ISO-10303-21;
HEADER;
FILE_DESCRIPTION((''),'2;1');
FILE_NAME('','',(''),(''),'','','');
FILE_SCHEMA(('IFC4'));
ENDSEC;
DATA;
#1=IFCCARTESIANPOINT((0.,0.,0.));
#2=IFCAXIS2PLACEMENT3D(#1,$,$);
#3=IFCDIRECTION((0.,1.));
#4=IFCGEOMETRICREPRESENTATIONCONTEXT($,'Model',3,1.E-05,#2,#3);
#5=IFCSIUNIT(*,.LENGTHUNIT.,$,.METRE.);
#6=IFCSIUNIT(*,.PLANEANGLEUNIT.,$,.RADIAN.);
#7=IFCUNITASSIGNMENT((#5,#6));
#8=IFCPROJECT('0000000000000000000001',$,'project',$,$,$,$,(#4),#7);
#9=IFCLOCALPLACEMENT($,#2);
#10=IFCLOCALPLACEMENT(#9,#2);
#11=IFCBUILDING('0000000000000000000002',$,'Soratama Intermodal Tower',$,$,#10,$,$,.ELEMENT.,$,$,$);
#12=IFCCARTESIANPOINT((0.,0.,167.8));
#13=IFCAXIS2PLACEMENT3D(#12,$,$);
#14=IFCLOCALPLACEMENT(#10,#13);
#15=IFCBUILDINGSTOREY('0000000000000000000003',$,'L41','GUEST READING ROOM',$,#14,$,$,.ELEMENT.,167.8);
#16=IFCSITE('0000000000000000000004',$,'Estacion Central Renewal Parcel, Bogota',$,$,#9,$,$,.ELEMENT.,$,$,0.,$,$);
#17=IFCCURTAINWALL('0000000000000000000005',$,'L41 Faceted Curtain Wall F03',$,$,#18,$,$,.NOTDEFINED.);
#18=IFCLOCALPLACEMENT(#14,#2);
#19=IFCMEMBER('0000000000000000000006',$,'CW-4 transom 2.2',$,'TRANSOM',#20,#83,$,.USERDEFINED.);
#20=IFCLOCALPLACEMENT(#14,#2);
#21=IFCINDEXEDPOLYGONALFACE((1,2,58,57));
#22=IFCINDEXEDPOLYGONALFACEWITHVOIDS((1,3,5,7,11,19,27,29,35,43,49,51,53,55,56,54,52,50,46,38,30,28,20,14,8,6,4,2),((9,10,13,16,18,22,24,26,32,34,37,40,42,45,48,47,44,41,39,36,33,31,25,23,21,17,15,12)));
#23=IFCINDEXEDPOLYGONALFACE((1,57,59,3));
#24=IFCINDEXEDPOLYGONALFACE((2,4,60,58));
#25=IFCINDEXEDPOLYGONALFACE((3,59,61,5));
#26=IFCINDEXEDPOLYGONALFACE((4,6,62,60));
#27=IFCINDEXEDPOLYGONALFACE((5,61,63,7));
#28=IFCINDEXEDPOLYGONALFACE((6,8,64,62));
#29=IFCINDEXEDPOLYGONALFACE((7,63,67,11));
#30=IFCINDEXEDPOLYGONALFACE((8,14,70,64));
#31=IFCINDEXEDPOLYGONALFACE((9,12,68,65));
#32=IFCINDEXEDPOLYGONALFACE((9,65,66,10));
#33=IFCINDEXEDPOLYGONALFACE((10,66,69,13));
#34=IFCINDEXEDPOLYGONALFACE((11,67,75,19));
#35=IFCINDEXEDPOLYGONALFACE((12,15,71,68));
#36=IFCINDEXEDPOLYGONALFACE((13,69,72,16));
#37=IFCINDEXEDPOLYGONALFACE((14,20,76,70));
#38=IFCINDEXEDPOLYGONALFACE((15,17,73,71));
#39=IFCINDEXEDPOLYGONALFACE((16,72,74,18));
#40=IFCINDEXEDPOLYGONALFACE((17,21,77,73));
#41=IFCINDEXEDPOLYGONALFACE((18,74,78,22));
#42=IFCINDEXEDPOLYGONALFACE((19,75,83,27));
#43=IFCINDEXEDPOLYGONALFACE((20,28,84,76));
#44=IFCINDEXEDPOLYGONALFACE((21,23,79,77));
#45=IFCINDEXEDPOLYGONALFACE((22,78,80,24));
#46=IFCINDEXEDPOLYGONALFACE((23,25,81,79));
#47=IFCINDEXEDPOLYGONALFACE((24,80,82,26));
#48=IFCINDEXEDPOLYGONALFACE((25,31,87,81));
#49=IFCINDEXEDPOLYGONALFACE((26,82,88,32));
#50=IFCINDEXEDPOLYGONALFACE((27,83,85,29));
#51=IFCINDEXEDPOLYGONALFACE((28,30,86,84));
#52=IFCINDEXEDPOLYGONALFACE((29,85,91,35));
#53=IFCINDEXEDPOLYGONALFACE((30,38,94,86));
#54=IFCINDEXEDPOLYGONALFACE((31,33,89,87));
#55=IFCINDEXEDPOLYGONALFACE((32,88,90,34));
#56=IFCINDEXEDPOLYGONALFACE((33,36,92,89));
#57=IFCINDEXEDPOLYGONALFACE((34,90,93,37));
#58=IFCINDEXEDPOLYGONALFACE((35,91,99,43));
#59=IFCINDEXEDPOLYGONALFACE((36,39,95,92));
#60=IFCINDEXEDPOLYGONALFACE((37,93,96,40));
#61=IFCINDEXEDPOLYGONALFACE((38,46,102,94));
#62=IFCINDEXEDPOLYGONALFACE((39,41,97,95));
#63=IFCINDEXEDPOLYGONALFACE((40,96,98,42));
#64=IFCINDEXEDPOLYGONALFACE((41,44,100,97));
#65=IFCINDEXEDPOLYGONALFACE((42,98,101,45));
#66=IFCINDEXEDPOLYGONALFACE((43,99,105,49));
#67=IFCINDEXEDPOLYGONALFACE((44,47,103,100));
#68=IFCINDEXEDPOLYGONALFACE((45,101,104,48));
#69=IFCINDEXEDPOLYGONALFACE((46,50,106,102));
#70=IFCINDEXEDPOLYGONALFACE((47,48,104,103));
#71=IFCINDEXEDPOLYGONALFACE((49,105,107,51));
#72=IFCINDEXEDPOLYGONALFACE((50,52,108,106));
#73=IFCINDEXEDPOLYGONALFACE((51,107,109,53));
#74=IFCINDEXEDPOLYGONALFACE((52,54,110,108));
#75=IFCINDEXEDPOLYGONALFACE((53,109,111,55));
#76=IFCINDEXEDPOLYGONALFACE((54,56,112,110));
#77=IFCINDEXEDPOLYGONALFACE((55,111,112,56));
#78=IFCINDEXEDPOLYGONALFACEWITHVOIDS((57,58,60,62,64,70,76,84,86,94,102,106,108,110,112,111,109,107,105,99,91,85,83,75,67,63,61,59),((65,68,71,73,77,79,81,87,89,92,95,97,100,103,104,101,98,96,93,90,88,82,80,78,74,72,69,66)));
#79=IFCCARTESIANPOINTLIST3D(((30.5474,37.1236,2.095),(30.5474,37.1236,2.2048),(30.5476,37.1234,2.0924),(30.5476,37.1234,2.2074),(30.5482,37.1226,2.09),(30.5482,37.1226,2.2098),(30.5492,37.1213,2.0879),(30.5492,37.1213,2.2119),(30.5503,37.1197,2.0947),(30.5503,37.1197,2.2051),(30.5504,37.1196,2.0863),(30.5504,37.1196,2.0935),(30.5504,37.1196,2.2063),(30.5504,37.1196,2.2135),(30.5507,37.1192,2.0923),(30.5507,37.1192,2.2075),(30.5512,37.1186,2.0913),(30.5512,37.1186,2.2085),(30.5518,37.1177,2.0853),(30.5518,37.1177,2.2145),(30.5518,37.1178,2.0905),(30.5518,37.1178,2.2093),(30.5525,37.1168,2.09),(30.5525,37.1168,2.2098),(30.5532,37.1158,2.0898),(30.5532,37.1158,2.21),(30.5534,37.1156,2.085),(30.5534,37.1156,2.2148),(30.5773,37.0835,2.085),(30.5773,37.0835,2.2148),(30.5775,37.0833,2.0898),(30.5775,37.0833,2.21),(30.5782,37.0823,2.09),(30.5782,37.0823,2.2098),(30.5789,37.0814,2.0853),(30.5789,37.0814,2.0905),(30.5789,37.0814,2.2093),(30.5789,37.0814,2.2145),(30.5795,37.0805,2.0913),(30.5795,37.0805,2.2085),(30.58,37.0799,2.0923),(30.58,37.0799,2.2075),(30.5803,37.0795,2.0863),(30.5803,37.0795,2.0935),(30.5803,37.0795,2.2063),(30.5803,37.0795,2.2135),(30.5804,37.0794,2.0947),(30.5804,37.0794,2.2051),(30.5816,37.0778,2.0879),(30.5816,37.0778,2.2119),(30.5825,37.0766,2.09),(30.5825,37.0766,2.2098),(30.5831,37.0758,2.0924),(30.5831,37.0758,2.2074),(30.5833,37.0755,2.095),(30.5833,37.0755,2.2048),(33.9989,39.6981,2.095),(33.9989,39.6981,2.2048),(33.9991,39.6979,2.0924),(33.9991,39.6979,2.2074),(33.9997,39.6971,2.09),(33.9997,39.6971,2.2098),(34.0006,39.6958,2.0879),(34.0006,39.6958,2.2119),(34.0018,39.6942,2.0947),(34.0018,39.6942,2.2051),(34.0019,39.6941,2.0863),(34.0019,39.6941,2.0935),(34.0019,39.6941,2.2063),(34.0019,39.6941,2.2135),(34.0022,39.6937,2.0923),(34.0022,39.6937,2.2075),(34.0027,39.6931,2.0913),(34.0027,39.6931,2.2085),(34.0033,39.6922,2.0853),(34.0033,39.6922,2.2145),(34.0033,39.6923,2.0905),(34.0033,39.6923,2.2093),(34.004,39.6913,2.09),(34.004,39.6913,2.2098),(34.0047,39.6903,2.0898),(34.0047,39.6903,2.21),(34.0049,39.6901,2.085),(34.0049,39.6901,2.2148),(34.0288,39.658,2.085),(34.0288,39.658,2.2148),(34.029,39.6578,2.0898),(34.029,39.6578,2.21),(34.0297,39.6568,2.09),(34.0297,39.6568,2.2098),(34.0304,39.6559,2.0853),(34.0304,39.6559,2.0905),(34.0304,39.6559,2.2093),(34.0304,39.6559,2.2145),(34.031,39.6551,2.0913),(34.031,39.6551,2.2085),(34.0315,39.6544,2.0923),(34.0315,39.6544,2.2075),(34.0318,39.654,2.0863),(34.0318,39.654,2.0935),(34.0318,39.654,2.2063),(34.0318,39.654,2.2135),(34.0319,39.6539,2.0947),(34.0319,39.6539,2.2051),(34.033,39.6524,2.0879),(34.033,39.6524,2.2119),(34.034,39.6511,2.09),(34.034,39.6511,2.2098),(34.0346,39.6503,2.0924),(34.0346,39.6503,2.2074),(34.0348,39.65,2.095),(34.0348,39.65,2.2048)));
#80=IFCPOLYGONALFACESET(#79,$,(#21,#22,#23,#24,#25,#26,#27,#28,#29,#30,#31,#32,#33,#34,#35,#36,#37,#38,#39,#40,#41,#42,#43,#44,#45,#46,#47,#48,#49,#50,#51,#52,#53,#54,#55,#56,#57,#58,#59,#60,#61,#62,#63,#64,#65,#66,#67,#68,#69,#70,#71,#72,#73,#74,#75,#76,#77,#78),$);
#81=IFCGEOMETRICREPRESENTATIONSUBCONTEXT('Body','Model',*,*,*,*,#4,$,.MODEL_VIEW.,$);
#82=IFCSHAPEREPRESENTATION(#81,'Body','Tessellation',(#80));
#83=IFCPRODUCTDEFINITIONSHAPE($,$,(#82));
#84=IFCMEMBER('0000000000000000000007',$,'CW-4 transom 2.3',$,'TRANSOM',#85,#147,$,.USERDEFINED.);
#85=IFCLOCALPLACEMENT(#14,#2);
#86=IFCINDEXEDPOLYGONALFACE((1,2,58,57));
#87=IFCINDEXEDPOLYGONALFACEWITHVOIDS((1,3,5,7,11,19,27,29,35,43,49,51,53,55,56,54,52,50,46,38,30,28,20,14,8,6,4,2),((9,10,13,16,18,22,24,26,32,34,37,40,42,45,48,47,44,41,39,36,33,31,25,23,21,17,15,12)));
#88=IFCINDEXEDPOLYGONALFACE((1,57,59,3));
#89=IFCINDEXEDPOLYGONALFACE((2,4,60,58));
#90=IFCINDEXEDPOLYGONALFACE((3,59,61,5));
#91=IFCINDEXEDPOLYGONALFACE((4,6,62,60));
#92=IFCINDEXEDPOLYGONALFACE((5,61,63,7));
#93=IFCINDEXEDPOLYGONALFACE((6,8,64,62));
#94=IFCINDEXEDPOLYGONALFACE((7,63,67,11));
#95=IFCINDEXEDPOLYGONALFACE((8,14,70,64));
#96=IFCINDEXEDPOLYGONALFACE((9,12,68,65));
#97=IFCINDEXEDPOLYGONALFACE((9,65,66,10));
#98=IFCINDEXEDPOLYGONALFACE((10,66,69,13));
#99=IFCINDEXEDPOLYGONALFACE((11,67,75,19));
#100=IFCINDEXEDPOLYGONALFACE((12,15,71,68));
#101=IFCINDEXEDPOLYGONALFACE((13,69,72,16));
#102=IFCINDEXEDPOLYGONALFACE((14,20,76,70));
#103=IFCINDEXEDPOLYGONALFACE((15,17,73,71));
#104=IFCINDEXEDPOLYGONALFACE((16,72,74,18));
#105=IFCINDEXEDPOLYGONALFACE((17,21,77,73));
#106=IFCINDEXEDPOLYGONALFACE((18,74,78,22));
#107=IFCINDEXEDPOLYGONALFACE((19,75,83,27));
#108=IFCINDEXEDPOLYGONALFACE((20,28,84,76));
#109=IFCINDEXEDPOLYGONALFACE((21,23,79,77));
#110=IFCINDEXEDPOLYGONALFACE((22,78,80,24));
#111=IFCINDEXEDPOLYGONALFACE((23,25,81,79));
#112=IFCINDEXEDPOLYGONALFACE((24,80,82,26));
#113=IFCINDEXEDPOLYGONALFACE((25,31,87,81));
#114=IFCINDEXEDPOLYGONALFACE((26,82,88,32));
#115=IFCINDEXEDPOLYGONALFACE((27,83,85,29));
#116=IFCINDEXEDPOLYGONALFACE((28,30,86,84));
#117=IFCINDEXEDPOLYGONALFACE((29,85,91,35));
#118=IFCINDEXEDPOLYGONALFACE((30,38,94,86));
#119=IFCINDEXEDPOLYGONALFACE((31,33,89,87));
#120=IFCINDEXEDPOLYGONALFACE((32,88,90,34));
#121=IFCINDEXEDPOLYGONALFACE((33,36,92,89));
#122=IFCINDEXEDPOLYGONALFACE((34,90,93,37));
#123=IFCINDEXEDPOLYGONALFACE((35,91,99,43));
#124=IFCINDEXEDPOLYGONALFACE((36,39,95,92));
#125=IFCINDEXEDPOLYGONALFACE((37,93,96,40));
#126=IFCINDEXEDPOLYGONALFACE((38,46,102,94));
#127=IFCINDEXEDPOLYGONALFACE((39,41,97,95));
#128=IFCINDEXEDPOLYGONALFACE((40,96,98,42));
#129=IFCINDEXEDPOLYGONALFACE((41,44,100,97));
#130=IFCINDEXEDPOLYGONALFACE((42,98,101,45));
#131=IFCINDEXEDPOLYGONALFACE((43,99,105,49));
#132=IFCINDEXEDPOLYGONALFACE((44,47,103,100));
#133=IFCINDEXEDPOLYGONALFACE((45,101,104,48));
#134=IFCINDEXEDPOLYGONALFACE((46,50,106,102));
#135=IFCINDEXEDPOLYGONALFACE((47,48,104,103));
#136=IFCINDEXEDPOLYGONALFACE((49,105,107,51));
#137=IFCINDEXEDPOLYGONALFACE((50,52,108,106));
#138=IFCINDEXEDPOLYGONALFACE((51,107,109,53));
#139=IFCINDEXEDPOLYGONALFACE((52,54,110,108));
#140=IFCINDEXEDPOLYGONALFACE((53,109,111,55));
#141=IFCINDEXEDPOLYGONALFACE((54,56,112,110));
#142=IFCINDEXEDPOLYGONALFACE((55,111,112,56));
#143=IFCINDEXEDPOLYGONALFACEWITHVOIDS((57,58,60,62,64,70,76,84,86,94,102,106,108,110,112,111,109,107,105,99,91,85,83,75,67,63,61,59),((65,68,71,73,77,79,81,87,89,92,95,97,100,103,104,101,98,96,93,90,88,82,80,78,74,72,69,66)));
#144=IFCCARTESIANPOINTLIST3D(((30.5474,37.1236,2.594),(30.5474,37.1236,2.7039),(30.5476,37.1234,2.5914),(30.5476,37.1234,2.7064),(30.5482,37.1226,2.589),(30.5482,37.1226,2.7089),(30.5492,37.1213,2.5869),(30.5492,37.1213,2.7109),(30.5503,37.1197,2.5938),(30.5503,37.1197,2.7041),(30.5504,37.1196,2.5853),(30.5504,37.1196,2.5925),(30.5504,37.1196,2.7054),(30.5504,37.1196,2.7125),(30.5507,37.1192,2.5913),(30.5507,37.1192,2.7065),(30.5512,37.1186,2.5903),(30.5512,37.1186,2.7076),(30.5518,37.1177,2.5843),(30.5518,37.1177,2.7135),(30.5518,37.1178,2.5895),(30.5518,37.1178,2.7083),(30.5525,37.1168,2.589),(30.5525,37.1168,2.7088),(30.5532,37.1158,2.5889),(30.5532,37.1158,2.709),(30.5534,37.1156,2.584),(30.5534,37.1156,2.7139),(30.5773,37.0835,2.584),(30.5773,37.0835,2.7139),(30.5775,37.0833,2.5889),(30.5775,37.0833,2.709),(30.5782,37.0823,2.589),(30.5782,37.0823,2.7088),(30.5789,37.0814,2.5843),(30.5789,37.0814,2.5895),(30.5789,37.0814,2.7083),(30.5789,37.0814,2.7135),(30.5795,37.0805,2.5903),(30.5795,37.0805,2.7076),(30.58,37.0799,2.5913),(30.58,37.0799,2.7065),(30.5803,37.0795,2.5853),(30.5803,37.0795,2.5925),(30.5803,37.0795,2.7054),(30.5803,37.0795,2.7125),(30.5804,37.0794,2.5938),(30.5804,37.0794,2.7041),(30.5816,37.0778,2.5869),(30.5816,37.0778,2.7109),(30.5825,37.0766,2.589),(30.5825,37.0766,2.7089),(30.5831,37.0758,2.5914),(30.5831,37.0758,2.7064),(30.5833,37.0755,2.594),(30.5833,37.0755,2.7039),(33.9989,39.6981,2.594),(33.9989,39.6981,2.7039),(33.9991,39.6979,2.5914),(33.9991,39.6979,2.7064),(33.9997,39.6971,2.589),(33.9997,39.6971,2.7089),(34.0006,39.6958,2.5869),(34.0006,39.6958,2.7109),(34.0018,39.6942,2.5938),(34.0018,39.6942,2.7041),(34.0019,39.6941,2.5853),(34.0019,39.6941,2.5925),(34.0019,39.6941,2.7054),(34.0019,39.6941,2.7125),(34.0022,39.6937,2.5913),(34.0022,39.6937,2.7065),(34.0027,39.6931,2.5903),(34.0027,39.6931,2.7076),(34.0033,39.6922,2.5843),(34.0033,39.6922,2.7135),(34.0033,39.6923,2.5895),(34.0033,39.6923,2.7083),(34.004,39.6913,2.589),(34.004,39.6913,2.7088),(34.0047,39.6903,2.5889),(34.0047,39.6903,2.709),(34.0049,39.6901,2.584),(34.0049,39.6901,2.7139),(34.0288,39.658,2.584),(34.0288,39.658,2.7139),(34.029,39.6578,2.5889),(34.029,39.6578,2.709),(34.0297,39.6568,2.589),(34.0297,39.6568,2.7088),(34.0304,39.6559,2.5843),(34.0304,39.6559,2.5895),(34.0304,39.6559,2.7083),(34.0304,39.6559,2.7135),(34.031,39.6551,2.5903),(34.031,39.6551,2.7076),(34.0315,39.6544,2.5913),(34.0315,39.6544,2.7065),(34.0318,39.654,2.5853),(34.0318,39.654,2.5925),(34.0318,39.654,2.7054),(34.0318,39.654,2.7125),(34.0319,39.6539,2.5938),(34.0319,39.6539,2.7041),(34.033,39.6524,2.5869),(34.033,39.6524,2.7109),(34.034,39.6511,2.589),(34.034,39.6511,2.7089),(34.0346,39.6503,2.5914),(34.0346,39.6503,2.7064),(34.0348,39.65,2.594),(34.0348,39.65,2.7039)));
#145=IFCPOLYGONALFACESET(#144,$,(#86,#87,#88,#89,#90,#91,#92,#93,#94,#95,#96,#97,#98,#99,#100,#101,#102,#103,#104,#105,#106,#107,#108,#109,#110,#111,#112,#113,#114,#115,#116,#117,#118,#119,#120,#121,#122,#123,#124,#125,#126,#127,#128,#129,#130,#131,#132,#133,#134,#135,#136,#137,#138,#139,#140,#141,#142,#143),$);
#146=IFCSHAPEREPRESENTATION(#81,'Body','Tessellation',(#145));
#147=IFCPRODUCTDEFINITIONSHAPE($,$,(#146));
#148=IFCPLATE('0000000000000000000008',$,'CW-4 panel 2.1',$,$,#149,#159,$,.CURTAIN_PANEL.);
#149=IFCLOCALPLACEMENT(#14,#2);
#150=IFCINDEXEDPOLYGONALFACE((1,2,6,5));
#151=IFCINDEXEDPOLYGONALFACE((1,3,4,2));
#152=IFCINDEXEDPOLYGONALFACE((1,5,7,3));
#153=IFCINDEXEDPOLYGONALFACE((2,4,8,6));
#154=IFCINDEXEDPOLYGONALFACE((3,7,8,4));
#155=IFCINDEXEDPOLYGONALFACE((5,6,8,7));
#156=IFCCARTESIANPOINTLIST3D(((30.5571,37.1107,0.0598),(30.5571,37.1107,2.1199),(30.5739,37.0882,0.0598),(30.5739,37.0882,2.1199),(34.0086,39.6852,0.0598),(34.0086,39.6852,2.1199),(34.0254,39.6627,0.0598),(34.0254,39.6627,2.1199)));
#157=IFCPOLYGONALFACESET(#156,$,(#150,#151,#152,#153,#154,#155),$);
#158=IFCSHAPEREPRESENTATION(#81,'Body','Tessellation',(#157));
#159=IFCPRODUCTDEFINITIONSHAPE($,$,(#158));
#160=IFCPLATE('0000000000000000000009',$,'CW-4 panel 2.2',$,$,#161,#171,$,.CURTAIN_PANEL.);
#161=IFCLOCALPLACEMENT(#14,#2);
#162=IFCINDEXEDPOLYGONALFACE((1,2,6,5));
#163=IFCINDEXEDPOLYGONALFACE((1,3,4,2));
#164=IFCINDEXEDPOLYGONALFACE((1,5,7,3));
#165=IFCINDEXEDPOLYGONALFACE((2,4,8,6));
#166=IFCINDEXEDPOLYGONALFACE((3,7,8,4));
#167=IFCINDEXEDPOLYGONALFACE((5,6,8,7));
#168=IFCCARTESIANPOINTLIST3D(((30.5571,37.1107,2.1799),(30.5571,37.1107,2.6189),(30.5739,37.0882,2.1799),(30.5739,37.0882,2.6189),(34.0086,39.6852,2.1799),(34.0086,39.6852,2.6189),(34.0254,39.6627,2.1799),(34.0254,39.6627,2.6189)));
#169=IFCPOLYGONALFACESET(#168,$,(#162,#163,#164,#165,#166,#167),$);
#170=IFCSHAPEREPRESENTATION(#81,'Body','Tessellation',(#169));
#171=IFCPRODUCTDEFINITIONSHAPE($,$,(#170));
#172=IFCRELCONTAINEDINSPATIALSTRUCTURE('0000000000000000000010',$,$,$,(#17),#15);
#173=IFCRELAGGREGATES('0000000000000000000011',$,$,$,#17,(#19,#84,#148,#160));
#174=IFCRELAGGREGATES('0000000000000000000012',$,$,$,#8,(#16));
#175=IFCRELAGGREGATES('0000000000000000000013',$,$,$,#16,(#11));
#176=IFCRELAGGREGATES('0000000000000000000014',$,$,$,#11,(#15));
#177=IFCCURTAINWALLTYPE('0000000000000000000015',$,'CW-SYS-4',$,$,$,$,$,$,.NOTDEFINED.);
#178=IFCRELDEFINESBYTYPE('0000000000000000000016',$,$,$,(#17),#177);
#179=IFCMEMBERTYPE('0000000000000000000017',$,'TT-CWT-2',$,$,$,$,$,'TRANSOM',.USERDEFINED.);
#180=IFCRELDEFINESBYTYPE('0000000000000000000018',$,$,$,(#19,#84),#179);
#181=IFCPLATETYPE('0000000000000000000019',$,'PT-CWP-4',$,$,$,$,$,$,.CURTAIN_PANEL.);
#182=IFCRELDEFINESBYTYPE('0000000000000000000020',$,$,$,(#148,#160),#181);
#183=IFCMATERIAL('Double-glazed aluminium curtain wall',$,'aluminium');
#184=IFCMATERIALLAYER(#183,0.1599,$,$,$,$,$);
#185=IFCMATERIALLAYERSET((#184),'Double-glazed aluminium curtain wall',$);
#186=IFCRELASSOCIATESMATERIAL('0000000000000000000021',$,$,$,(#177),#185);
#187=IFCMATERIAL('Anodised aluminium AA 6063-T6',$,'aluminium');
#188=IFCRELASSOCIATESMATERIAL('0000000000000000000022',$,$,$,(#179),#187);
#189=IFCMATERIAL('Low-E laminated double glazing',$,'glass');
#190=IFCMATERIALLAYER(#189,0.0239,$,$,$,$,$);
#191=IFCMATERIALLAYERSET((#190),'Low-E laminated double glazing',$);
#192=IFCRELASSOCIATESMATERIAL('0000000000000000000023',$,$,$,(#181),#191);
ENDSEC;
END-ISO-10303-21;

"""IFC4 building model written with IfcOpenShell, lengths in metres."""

from ifc_helpers import new_model, si_unit, direction, frame, origin, origin_2d, place, context, subcontext, project, spatial, rectangle, hollow_rectangle, extrude, material, layer, layer_set, material_profile, profile_set, type_object, element, aggregate, save


model = new_model("IFC4")

# Units and contexts
model_context = context("Model", 3, precision=1e-05, world=origin(), true_north=direction((0.0, 1.0)))
body_context = subcontext(model_context, "Body", "Model", "MODEL_VIEW")
ifc_project = project(units=[si_unit("LENGTHUNIT", "METRE"), si_unit("PLANEANGLEUNIT", "RADIAN")], contexts=[model_context])

# Site, building, storey
site_placement = place(None, origin())
site = spatial("IfcSite", under=ifc_project, at=site_placement, Name="Estacion Central Renewal Parcel, Bogota", CompositionType="ELEMENT", RefElevation=0.0)
building_placement = place(site_placement, origin())
building = spatial("IfcBuilding", under=site, at=building_placement, Name="Soratama Intermodal Tower", CompositionType="ELEMENT")
storey_placement = place(building_placement, frame((0.0, 0.0, 167.8)))
storey = spatial("IfcBuildingStorey", under=building, at=storey_placement, Name="L41", Description="GUEST READING ROOM", CompositionType="ELEMENT", Elevation=167.8)

# Curtain wall, members, plates
ifc_material_1 = material(Name="Double-glazed aluminium curtain wall", Category="aluminium")
ifc_layer_1 = layer(ifc_material_1, 0.1599)
ifc_layer_set_1 = layer_set([ifc_layer_1], Name="Double-glazed aluminium curtain wall")
curtain_wall_type = type_object("IfcCurtainWallType", Name="CW-SYS-4", PredefinedType="NOTDEFINED", material=ifc_layer_set_1)
curtain_wall_placement = place(storey_placement, origin())
curtain_wall = element("IfcCurtainWall", 1, at=curtain_wall_placement, inside=storey, type_object=curtain_wall_type, Name="L41 Faceted Curtain Wall F03", PredefinedType="NOTDEFINED")
ifc_material_2 = material(Name="Anodised aluminium AA 6063-T6", Category="aluminium")
ifc_material_profile_1 = material_profile(ifc_material_2, hollow_rectangle(XDim=0.0601, YDim=0.1299, WallThickness=0.0049, InnerFilletRadius=0.0049, OuterFilletRadius=0.01, at=origin_2d()), Name="CWT130X60X5")
ifc_profile_set_1 = profile_set([ifc_material_profile_1], Name="Anodised aluminium AA 6063-T6")
member_type_1 = type_object("IfcMemberType", Name="TT-CWT-2", ElementType="TRANSOM", PredefinedType="USERDEFINED", material=ifc_profile_set_1)
member_1_placement = place(storey_placement, frame((34.0168, 39.6741, 2.1499), z_axis=(-0.801569, -0.597902, 0.0), x_axis=(0.597902, -0.801569, 0.0)))
member_1 = element("IfcMember", 2, at=member_1_placement, type_object=member_type_1, Name="CW-4 transom 2.2", ObjectType="TRANSOM", PredefinedType="USERDEFINED", context=body_context, shape_type="SweptSolid", body=[
    extrude(hollow_rectangle(XDim=0.0601, YDim=0.1299, WallThickness=0.0049, InnerFilletRadius=0.0049, OuterFilletRadius=0.01, at=origin_2d()), origin(), (0.0, 0.0, 1.0), 4.3059),
])
member_2_placement = place(storey_placement, frame((34.0168, 39.6741, 2.6489), z_axis=(-0.801569, -0.597902, 0.0), x_axis=(0.597902, -0.801569, 0.0)))
member_2 = element("IfcMember", 3, at=member_2_placement, type_object=member_type_1, Name="CW-4 transom 2.3", ObjectType="TRANSOM", PredefinedType="USERDEFINED", context=body_context, shape_type="SweptSolid", body=[
    extrude(hollow_rectangle(XDim=0.0601, YDim=0.1299, WallThickness=0.0049, InnerFilletRadius=0.0049, OuterFilletRadius=0.01, at=origin_2d()), origin(), (0.0, 0.0, 1.0), 4.3059),
])
ifc_material_3 = material(Name="Low-E laminated double glazing", Category="glass")
ifc_layer_2 = layer(ifc_material_3, 0.0239)
ifc_layer_set_2 = layer_set([ifc_layer_2], Name="Low-E laminated double glazing")
plate_type = type_object("IfcPlateType", Name="PT-CWP-4", PredefinedType="CURTAIN_PANEL", material=ifc_layer_set_2)
plate_1_placement = place(storey_placement, frame((32.2913, 38.3867, 0.0598), z_axis=(0.0, 0.0, 1.0), x_axis=(-0.801566, -0.597907, 0.0)))
plate_1 = element("IfcPlate", 4, at=plate_1_placement, type_object=plate_type, Name="CW-4 panel 2.1", PredefinedType="CURTAIN_PANEL", context=body_context, shape_type="SweptSolid", body=[
    extrude(rectangle(XDim=4.3059, YDim=0.0281, at=origin_2d()), origin(), (0.0, 0.0, 1.0), 2.0601),
])
plate_2_placement = place(storey_placement, frame((32.2913, 38.3867, 2.1799), z_axis=(0.0, 0.0, 1.0), x_axis=(-0.801566, -0.597907, 0.0)))
plate_2 = element("IfcPlate", 5, at=plate_2_placement, type_object=plate_type, Name="CW-4 panel 2.2", PredefinedType="CURTAIN_PANEL", context=body_context, shape_type="SweptSolid", body=[
    extrude(rectangle(XDim=4.3059, YDim=0.0281, at=origin_2d()), origin(), (0.0, 0.0, 1.0), 0.439),
])
aggregate(curtain_wall, [member_1, member_2, plate_1, plate_2])

save(model, "model.ifc")
